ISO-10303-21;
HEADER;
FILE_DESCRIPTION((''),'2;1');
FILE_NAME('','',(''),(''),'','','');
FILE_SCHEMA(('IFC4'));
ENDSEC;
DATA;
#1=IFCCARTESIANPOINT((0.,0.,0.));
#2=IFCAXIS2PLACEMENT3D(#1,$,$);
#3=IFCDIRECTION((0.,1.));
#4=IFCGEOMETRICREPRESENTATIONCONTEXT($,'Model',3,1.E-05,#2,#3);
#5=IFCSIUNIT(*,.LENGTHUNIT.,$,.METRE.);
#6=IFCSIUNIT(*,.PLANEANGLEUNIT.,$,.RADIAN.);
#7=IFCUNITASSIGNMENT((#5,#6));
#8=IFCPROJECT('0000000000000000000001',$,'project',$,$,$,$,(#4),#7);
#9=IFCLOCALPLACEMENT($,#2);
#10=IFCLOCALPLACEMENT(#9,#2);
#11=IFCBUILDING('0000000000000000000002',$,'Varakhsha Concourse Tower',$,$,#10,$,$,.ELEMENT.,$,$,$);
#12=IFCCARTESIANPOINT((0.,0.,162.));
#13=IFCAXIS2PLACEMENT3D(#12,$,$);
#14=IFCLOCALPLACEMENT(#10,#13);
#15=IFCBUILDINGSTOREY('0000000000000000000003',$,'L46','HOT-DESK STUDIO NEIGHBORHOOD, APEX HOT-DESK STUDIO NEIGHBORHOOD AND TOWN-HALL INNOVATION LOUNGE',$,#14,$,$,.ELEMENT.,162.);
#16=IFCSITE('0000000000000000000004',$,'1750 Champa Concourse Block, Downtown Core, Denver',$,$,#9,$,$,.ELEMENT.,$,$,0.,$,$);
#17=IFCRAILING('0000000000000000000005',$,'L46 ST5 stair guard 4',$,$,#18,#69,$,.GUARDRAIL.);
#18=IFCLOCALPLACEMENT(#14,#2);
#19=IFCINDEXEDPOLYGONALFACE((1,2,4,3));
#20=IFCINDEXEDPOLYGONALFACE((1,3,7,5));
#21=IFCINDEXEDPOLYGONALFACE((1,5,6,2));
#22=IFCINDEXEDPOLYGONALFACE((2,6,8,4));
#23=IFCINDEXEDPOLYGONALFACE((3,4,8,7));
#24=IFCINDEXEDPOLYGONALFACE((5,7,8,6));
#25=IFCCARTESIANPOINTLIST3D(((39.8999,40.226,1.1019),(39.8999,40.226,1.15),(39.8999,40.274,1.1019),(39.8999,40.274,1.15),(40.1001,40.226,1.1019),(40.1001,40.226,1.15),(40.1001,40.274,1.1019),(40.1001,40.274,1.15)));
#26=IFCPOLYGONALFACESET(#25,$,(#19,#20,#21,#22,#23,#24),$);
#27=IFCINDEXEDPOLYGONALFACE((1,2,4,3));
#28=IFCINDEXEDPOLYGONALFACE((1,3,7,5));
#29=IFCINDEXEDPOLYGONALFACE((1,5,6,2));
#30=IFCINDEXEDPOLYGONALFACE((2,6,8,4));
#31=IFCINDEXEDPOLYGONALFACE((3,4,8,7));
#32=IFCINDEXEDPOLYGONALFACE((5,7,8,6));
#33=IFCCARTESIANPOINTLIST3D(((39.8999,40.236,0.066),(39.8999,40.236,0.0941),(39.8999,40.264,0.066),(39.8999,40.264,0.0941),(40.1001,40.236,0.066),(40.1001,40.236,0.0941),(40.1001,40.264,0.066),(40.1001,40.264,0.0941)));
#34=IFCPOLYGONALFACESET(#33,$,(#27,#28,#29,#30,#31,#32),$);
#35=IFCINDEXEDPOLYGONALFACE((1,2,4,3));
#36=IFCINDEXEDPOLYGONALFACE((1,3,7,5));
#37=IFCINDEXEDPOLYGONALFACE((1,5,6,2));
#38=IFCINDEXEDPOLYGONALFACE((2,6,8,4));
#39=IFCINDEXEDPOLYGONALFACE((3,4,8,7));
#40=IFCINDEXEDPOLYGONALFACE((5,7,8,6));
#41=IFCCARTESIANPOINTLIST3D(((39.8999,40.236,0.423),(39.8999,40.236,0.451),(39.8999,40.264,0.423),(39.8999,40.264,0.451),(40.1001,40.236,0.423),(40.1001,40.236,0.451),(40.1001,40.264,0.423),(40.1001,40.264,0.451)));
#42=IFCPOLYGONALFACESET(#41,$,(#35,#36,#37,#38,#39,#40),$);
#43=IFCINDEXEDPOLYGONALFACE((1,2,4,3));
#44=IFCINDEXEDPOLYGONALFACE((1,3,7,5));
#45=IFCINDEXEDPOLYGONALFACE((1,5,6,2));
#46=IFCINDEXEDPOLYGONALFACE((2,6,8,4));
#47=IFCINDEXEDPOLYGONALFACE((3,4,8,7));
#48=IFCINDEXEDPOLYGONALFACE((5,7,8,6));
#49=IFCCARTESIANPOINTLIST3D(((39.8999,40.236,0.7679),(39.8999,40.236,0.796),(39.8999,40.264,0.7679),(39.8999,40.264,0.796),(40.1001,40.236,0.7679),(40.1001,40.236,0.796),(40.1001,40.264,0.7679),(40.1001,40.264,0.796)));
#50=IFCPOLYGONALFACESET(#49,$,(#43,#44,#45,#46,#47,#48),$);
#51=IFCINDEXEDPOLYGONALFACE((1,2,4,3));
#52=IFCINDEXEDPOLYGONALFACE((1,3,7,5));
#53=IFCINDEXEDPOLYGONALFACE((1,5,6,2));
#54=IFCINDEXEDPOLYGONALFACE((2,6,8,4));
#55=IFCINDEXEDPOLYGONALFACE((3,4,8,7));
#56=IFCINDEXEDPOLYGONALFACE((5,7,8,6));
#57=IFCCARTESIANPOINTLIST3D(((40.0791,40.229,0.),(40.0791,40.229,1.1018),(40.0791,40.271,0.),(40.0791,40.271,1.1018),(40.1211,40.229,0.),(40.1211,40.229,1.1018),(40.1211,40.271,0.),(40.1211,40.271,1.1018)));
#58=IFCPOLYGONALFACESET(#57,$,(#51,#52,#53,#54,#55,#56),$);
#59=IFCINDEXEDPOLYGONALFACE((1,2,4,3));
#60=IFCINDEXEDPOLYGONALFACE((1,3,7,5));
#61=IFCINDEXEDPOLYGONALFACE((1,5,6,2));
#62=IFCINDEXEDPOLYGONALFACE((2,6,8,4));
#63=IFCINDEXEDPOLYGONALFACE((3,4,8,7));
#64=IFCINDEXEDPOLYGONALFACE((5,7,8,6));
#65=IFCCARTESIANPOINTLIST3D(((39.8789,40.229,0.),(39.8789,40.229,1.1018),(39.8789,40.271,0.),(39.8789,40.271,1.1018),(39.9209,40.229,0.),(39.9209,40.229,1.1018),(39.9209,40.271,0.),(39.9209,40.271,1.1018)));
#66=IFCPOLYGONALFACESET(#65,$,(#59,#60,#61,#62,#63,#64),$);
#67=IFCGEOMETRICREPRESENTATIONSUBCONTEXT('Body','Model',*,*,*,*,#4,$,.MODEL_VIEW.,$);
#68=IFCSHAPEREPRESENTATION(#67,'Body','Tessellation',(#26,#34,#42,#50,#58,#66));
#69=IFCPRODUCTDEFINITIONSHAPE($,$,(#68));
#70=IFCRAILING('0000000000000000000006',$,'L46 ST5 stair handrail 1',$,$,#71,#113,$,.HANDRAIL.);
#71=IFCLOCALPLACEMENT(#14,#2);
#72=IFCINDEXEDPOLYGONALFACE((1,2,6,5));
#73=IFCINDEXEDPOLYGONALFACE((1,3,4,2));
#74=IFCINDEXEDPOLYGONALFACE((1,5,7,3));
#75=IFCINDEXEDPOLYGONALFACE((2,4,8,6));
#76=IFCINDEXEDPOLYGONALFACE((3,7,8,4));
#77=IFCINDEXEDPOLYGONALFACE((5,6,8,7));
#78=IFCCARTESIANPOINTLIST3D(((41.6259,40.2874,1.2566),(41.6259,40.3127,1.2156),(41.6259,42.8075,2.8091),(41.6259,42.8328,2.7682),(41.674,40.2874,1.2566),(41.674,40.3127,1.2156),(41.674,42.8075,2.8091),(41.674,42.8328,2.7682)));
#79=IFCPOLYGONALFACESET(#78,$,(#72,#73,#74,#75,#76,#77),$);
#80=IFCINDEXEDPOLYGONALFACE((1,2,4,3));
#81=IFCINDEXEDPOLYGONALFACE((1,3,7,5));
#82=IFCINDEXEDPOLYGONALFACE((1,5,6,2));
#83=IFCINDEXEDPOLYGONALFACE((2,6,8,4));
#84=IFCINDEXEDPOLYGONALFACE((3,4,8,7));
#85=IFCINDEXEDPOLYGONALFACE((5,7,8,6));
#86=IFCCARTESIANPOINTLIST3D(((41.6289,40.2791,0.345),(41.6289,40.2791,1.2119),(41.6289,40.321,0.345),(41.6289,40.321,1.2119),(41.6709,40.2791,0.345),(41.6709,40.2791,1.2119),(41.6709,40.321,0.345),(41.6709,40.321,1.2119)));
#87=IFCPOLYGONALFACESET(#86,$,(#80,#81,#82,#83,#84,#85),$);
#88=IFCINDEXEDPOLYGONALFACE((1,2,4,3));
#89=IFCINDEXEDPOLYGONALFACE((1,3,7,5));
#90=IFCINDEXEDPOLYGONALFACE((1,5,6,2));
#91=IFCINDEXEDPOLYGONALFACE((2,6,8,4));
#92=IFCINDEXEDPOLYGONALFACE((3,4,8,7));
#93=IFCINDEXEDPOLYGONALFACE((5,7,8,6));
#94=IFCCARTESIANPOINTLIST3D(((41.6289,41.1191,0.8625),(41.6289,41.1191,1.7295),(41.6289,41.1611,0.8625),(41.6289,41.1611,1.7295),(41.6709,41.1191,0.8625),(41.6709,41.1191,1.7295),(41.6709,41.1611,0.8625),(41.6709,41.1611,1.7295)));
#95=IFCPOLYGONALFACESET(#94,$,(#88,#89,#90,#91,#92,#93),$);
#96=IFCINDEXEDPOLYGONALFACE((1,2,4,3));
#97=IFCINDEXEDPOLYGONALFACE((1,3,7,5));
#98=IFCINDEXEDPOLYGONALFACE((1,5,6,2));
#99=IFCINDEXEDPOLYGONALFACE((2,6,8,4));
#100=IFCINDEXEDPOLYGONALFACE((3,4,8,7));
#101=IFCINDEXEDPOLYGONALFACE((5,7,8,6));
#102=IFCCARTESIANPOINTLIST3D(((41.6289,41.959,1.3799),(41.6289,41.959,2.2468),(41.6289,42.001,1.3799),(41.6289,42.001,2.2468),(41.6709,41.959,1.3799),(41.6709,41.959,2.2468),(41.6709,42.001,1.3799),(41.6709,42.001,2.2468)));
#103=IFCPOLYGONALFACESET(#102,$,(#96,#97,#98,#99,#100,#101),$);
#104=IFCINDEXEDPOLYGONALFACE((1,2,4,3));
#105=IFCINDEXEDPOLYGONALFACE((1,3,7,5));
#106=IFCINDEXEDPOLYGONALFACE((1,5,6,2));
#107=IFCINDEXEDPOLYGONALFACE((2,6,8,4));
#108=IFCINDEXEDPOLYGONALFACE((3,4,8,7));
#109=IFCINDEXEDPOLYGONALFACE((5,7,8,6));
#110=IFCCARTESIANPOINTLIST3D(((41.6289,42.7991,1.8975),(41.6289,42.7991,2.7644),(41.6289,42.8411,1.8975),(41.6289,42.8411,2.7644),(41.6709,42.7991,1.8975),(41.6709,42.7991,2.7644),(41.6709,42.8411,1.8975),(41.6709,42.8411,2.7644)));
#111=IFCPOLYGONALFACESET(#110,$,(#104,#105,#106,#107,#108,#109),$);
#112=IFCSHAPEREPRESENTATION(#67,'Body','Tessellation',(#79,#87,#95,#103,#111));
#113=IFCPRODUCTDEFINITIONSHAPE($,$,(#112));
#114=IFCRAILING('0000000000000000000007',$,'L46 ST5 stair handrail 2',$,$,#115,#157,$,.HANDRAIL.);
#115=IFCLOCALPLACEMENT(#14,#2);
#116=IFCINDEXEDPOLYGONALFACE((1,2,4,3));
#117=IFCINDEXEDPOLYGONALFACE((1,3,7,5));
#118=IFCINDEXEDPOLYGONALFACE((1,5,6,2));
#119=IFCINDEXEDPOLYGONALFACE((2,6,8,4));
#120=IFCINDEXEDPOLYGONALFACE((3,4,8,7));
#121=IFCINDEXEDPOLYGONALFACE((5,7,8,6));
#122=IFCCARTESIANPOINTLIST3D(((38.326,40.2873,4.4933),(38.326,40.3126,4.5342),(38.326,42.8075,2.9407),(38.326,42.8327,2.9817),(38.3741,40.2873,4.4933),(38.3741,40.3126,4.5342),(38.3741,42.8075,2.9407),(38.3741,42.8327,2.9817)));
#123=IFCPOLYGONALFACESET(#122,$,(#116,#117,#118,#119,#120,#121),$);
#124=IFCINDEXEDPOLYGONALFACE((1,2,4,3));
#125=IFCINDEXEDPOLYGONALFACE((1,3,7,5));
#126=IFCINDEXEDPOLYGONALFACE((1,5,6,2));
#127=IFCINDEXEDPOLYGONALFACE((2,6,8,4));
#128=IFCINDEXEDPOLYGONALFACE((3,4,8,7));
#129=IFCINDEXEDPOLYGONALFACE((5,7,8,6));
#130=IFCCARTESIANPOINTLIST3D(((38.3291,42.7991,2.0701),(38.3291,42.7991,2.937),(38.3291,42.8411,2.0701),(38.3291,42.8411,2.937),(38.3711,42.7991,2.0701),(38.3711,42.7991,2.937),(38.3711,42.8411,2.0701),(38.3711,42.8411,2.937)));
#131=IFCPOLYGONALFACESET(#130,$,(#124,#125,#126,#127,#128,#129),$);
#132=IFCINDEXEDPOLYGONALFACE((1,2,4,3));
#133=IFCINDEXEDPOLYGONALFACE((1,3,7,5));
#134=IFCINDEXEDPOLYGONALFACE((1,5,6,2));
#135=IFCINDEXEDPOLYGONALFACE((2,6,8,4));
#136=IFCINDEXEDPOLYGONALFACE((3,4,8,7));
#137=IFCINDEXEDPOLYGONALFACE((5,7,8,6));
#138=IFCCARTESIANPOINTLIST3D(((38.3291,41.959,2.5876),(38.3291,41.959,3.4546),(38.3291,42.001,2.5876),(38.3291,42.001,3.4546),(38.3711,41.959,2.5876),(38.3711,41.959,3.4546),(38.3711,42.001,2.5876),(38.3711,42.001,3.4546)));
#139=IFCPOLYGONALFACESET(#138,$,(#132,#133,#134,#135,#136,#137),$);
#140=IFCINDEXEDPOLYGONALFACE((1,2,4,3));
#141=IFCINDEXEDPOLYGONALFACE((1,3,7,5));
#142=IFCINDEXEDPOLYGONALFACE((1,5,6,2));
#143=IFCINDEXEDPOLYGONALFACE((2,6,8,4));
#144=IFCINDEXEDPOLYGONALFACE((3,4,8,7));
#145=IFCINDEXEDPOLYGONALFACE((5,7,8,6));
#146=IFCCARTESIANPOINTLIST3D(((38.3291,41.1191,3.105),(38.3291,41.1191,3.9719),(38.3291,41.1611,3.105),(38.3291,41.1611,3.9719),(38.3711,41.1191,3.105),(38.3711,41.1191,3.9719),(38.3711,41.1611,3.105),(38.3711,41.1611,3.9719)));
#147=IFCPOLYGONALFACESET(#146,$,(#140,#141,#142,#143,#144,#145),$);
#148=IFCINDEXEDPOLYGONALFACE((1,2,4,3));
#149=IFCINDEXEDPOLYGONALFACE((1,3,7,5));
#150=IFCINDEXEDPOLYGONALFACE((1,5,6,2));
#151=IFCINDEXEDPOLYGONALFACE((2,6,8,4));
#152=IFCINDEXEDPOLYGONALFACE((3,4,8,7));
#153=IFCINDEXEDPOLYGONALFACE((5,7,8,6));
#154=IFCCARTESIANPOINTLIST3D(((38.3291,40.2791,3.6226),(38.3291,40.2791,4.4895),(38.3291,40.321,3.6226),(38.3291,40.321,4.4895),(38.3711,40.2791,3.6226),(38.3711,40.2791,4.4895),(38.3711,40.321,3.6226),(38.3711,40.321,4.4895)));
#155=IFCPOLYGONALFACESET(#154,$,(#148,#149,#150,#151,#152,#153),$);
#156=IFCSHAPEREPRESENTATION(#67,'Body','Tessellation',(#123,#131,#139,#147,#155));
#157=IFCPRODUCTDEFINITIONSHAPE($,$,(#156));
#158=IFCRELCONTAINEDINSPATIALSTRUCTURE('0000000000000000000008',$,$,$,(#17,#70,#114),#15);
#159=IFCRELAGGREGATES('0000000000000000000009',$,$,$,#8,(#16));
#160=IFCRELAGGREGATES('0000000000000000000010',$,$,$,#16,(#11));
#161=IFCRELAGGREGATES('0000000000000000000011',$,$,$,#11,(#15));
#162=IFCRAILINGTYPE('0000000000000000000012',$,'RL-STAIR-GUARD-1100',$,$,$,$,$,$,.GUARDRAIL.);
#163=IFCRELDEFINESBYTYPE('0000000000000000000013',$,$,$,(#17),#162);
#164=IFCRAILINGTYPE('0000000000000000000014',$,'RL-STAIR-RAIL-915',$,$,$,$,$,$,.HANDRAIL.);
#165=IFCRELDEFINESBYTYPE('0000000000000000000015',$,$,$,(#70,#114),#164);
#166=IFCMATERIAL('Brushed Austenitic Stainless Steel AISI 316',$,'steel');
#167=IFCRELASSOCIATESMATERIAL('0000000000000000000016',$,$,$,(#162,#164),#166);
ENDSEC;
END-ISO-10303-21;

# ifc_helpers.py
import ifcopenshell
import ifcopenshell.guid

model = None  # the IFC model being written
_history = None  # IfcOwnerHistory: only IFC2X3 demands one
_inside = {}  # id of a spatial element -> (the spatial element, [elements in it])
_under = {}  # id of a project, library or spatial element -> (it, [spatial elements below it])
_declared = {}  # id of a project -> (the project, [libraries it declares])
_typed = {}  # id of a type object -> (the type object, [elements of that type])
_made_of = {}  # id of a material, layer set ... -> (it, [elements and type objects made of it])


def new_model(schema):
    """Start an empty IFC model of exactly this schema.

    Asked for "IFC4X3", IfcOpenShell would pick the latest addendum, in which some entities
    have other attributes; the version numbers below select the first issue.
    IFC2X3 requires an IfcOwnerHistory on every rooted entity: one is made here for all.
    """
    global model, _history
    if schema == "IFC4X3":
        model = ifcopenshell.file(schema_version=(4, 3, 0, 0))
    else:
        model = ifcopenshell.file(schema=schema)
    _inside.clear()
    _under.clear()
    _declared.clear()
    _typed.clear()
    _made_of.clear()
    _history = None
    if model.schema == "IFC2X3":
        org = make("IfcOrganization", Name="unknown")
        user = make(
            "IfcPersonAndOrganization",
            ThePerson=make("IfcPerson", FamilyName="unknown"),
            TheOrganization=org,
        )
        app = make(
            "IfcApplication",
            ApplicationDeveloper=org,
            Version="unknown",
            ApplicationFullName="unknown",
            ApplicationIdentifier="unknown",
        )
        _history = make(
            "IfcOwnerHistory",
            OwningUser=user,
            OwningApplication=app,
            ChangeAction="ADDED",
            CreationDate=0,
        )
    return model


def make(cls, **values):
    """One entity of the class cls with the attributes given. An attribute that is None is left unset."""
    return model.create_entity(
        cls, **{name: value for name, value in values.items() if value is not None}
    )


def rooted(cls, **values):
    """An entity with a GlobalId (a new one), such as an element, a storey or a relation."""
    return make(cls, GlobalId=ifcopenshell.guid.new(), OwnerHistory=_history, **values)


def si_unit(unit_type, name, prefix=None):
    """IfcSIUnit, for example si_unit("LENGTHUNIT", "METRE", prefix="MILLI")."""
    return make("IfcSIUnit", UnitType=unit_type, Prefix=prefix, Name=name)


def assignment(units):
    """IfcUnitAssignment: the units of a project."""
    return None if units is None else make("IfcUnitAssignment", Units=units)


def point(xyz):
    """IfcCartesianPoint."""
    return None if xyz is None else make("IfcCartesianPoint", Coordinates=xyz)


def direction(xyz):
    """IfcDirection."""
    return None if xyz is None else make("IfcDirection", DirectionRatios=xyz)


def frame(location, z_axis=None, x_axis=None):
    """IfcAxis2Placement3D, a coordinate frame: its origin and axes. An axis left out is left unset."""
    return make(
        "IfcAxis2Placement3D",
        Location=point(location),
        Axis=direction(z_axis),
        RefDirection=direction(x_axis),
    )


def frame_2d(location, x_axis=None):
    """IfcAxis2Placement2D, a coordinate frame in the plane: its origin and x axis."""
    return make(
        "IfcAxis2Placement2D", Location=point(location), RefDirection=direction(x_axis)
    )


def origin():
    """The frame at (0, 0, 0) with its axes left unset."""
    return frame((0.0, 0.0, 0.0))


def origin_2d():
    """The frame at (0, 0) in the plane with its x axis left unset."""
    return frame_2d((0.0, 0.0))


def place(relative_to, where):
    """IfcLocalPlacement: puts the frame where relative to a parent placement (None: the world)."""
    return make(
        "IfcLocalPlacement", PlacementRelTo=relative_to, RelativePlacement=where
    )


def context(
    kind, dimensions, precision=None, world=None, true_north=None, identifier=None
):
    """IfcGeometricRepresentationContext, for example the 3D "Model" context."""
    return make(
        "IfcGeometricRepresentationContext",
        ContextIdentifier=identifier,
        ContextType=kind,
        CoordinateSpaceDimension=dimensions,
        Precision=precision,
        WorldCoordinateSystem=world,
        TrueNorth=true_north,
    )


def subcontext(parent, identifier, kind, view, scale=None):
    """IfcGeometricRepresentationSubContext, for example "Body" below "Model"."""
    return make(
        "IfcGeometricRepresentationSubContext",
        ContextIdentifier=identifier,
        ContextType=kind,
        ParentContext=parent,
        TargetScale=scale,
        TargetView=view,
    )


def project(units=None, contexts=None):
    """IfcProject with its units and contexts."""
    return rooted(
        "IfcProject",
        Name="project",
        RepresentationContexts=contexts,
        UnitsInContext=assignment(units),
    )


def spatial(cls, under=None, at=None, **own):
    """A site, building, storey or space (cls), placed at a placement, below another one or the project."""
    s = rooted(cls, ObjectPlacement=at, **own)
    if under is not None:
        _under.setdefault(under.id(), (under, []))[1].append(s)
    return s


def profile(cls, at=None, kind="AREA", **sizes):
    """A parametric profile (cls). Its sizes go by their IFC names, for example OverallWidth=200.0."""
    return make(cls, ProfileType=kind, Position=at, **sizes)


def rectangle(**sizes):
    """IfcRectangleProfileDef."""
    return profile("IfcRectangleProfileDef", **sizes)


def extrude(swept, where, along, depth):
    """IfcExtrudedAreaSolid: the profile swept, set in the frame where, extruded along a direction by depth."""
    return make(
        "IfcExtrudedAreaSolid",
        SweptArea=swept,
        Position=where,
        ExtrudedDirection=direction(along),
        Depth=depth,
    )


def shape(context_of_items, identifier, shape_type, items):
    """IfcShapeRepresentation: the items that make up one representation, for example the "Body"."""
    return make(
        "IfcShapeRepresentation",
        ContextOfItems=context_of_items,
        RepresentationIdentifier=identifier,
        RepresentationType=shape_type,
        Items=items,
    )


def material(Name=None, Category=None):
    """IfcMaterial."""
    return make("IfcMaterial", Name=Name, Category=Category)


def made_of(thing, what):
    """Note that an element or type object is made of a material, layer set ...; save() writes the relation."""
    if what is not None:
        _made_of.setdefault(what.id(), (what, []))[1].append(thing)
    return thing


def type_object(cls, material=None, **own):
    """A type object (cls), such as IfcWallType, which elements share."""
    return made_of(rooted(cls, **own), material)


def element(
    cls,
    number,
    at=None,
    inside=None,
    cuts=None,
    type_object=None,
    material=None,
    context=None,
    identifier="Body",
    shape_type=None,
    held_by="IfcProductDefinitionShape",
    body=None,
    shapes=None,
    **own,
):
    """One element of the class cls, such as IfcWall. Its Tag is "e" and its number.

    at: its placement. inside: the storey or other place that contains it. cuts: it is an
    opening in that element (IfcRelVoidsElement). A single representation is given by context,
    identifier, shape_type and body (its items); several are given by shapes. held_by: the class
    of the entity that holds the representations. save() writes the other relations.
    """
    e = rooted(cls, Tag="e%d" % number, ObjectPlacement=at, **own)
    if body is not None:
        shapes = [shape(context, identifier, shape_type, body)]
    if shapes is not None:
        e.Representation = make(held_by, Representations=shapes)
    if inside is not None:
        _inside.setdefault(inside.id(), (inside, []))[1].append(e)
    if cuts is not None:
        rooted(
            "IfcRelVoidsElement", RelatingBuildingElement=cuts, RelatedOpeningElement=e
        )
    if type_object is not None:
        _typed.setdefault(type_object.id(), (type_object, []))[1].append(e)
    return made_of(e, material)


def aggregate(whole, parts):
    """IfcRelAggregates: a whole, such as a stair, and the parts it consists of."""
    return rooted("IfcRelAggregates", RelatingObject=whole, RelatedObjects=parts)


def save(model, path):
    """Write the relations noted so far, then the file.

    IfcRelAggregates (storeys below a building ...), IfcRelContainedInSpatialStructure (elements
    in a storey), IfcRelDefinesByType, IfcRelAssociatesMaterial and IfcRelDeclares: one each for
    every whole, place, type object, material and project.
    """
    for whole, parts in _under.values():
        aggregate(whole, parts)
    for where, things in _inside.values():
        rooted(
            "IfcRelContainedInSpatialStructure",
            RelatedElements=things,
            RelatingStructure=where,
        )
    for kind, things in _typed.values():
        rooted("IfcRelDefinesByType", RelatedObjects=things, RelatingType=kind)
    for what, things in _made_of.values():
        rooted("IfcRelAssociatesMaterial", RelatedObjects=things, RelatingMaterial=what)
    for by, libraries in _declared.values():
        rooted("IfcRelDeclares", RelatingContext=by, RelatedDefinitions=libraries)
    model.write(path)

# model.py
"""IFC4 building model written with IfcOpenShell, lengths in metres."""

from ifc_helpers import new_model, si_unit, direction, frame, origin, origin_2d, place, context, subcontext, project, spatial, rectangle, extrude, material, type_object, element, save


model = new_model("IFC4")

# Units and contexts
model_context = context("Model", 3, precision=1e-05, world=origin(), true_north=direction((0.0, 1.0)))
body_context = subcontext(model_context, "Body", "Model", "MODEL_VIEW")
ifc_project = project(units=[si_unit("LENGTHUNIT", "METRE"), si_unit("PLANEANGLEUNIT", "RADIAN")], contexts=[model_context])

# Site, building, storey
site_placement = place(None, origin())
site = spatial("IfcSite", under=ifc_project, at=site_placement, Name="1750 Champa Concourse Block, Downtown Core, Denver", CompositionType="ELEMENT", RefElevation=0.0)
building_placement = place(site_placement, origin())
building = spatial("IfcBuilding", under=site, at=building_placement, Name="Varakhsha Concourse Tower", CompositionType="ELEMENT")
storey_placement = place(building_placement, frame((0.0, 0.0, 162.0)))
storey = spatial("IfcBuildingStorey", under=building, at=storey_placement, Name="L46", Description="HOT-DESK STUDIO NEIGHBORHOOD, APEX HOT-DESK STUDIO NEIGHBORHOOD AND TOWN-HALL INNOVATION LOUNGE", CompositionType="ELEMENT", Elevation=162.0)

# Railings
ifc_material_1 = material(Name="Brushed Austenitic Stainless Steel AISI 316", Category="steel")
railing_type_1 = type_object("IfcRailingType", Name="RL-STAIR-GUARD-1100", PredefinedType="GUARDRAIL", material=ifc_material_1)
railing_1_placement = place(storey_placement, frame((40.1001, 40.25, 0.0)))
element("IfcRailing", 1, at=railing_1_placement, inside=storey, type_object=railing_type_1, Name="L46 ST5 stair guard 4", PredefinedType="GUARDRAIL", context=body_context, shape_type="SweptSolid", body=[
    extrude(rectangle(XDim=0.0481, YDim=0.0481, at=origin_2d()), frame((0.0, 0.0, 1.126), z_axis=(-1.0, 0.0, 0.0), x_axis=(0.0, -1.0, 0.0)), (0.0, 0.0, 1.0), 0.2002),
    extrude(rectangle(XDim=0.0281, YDim=0.0281, at=origin_2d()), frame((0.0, 0.0, 0.0801), z_axis=(-1.0, 0.0, 0.0), x_axis=(0.0, -1.0, 0.0)), (0.0, 0.0, 1.0), 0.2002),
    extrude(rectangle(XDim=0.0281, YDim=0.0281, at=origin_2d()), frame((0.0, 0.0, 0.437), z_axis=(-1.0, 0.0, 0.0), x_axis=(0.0, -1.0, 0.0)), (0.0, 0.0, 1.0), 0.2002),
    extrude(rectangle(XDim=0.0281, YDim=0.0281, at=origin_2d()), frame((0.0, 0.0, 0.782), z_axis=(-1.0, 0.0, 0.0), x_axis=(0.0, -1.0, 0.0)), (0.0, 0.0, 1.0), 0.2002),
    extrude(rectangle(XDim=0.042, YDim=0.042, at=origin_2d()), origin(), (0.0, 0.0, 1.0), 1.1018),
    extrude(rectangle(XDim=0.042, YDim=0.042, at=origin_2d()), frame((-0.2002, 0.0, 0.0)), (0.0, 0.0, 1.0), 1.1018),
])
railing_type_2 = type_object("IfcRailingType", Name="RL-STAIR-RAIL-915", PredefinedType="HANDRAIL", material=ifc_material_1)
railing_2_placement = place(storey_placement, frame((41.6499, 40.3, 0.345)))
element("IfcRailing", 2, at=railing_2_placement, inside=storey, type_object=railing_type_2, Name="L46 ST5 stair handrail 1", PredefinedType="HANDRAIL", context=body_context, shape_type="SweptSolid", body=[
    extrude(rectangle(XDim=0.0481, YDim=0.0481, at=origin_2d()), frame((0.0, 0.0, 0.8911), z_axis=(0.0, 0.8514, 0.524516), x_axis=(-1.0, 0.0, 0.0)), (0.0, 0.0, 1.0), 2.96),
    extrude(rectangle(XDim=0.042, YDim=0.042, at=origin_2d()), origin(), (0.0, 0.0, 1.0), 0.8669),
    extrude(rectangle(XDim=0.042, YDim=0.042, at=origin_2d()), frame((0.0, 0.8401, 0.5176)), (0.0, 0.0, 1.0), 0.8669),
    extrude(rectangle(XDim=0.042, YDim=0.042, at=origin_2d()), frame((0.0, 1.6799, 1.0349)), (0.0, 0.0, 1.0), 0.8669),
    extrude(rectangle(XDim=0.042, YDim=0.042, at=origin_2d()), frame((0.0, 2.52, 1.5525)), (0.0, 0.0, 1.0), 0.8669),
])
railing_3_placement = place(storey_placement, frame((38.3501, 42.8201, 2.0701)))
element("IfcRailing", 3, at=railing_3_placement, inside=storey, type_object=railing_type_2, Name="L46 ST5 stair handrail 2", PredefinedType="HANDRAIL", context=body_context, shape_type="SweptSolid", body=[
    extrude(rectangle(XDim=0.0481, YDim=0.0481, at=origin_2d()), frame((0.0, 0.0, 0.8911), z_axis=(0.0, -0.8514, 0.524516), x_axis=(1.0, 0.0, 0.0)), (0.0, 0.0, 1.0), 2.96),
    extrude(rectangle(XDim=0.042, YDim=0.042, at=origin_2d()), origin(), (0.0, 0.0, 1.0), 0.8669),
    extrude(rectangle(XDim=0.042, YDim=0.042, at=origin_2d()), frame((0.0, -0.8401, 0.5176)), (0.0, 0.0, 1.0), 0.8669),
    extrude(rectangle(XDim=0.042, YDim=0.042, at=origin_2d()), frame((0.0, -1.6799, 1.0349)), (0.0, 0.0, 1.0), 0.8669),
    extrude(rectangle(XDim=0.042, YDim=0.042, at=origin_2d()), frame((0.0, -2.52, 1.5525)), (0.0, 0.0, 1.0), 0.8669),
])

save(model, "model.ifc")
